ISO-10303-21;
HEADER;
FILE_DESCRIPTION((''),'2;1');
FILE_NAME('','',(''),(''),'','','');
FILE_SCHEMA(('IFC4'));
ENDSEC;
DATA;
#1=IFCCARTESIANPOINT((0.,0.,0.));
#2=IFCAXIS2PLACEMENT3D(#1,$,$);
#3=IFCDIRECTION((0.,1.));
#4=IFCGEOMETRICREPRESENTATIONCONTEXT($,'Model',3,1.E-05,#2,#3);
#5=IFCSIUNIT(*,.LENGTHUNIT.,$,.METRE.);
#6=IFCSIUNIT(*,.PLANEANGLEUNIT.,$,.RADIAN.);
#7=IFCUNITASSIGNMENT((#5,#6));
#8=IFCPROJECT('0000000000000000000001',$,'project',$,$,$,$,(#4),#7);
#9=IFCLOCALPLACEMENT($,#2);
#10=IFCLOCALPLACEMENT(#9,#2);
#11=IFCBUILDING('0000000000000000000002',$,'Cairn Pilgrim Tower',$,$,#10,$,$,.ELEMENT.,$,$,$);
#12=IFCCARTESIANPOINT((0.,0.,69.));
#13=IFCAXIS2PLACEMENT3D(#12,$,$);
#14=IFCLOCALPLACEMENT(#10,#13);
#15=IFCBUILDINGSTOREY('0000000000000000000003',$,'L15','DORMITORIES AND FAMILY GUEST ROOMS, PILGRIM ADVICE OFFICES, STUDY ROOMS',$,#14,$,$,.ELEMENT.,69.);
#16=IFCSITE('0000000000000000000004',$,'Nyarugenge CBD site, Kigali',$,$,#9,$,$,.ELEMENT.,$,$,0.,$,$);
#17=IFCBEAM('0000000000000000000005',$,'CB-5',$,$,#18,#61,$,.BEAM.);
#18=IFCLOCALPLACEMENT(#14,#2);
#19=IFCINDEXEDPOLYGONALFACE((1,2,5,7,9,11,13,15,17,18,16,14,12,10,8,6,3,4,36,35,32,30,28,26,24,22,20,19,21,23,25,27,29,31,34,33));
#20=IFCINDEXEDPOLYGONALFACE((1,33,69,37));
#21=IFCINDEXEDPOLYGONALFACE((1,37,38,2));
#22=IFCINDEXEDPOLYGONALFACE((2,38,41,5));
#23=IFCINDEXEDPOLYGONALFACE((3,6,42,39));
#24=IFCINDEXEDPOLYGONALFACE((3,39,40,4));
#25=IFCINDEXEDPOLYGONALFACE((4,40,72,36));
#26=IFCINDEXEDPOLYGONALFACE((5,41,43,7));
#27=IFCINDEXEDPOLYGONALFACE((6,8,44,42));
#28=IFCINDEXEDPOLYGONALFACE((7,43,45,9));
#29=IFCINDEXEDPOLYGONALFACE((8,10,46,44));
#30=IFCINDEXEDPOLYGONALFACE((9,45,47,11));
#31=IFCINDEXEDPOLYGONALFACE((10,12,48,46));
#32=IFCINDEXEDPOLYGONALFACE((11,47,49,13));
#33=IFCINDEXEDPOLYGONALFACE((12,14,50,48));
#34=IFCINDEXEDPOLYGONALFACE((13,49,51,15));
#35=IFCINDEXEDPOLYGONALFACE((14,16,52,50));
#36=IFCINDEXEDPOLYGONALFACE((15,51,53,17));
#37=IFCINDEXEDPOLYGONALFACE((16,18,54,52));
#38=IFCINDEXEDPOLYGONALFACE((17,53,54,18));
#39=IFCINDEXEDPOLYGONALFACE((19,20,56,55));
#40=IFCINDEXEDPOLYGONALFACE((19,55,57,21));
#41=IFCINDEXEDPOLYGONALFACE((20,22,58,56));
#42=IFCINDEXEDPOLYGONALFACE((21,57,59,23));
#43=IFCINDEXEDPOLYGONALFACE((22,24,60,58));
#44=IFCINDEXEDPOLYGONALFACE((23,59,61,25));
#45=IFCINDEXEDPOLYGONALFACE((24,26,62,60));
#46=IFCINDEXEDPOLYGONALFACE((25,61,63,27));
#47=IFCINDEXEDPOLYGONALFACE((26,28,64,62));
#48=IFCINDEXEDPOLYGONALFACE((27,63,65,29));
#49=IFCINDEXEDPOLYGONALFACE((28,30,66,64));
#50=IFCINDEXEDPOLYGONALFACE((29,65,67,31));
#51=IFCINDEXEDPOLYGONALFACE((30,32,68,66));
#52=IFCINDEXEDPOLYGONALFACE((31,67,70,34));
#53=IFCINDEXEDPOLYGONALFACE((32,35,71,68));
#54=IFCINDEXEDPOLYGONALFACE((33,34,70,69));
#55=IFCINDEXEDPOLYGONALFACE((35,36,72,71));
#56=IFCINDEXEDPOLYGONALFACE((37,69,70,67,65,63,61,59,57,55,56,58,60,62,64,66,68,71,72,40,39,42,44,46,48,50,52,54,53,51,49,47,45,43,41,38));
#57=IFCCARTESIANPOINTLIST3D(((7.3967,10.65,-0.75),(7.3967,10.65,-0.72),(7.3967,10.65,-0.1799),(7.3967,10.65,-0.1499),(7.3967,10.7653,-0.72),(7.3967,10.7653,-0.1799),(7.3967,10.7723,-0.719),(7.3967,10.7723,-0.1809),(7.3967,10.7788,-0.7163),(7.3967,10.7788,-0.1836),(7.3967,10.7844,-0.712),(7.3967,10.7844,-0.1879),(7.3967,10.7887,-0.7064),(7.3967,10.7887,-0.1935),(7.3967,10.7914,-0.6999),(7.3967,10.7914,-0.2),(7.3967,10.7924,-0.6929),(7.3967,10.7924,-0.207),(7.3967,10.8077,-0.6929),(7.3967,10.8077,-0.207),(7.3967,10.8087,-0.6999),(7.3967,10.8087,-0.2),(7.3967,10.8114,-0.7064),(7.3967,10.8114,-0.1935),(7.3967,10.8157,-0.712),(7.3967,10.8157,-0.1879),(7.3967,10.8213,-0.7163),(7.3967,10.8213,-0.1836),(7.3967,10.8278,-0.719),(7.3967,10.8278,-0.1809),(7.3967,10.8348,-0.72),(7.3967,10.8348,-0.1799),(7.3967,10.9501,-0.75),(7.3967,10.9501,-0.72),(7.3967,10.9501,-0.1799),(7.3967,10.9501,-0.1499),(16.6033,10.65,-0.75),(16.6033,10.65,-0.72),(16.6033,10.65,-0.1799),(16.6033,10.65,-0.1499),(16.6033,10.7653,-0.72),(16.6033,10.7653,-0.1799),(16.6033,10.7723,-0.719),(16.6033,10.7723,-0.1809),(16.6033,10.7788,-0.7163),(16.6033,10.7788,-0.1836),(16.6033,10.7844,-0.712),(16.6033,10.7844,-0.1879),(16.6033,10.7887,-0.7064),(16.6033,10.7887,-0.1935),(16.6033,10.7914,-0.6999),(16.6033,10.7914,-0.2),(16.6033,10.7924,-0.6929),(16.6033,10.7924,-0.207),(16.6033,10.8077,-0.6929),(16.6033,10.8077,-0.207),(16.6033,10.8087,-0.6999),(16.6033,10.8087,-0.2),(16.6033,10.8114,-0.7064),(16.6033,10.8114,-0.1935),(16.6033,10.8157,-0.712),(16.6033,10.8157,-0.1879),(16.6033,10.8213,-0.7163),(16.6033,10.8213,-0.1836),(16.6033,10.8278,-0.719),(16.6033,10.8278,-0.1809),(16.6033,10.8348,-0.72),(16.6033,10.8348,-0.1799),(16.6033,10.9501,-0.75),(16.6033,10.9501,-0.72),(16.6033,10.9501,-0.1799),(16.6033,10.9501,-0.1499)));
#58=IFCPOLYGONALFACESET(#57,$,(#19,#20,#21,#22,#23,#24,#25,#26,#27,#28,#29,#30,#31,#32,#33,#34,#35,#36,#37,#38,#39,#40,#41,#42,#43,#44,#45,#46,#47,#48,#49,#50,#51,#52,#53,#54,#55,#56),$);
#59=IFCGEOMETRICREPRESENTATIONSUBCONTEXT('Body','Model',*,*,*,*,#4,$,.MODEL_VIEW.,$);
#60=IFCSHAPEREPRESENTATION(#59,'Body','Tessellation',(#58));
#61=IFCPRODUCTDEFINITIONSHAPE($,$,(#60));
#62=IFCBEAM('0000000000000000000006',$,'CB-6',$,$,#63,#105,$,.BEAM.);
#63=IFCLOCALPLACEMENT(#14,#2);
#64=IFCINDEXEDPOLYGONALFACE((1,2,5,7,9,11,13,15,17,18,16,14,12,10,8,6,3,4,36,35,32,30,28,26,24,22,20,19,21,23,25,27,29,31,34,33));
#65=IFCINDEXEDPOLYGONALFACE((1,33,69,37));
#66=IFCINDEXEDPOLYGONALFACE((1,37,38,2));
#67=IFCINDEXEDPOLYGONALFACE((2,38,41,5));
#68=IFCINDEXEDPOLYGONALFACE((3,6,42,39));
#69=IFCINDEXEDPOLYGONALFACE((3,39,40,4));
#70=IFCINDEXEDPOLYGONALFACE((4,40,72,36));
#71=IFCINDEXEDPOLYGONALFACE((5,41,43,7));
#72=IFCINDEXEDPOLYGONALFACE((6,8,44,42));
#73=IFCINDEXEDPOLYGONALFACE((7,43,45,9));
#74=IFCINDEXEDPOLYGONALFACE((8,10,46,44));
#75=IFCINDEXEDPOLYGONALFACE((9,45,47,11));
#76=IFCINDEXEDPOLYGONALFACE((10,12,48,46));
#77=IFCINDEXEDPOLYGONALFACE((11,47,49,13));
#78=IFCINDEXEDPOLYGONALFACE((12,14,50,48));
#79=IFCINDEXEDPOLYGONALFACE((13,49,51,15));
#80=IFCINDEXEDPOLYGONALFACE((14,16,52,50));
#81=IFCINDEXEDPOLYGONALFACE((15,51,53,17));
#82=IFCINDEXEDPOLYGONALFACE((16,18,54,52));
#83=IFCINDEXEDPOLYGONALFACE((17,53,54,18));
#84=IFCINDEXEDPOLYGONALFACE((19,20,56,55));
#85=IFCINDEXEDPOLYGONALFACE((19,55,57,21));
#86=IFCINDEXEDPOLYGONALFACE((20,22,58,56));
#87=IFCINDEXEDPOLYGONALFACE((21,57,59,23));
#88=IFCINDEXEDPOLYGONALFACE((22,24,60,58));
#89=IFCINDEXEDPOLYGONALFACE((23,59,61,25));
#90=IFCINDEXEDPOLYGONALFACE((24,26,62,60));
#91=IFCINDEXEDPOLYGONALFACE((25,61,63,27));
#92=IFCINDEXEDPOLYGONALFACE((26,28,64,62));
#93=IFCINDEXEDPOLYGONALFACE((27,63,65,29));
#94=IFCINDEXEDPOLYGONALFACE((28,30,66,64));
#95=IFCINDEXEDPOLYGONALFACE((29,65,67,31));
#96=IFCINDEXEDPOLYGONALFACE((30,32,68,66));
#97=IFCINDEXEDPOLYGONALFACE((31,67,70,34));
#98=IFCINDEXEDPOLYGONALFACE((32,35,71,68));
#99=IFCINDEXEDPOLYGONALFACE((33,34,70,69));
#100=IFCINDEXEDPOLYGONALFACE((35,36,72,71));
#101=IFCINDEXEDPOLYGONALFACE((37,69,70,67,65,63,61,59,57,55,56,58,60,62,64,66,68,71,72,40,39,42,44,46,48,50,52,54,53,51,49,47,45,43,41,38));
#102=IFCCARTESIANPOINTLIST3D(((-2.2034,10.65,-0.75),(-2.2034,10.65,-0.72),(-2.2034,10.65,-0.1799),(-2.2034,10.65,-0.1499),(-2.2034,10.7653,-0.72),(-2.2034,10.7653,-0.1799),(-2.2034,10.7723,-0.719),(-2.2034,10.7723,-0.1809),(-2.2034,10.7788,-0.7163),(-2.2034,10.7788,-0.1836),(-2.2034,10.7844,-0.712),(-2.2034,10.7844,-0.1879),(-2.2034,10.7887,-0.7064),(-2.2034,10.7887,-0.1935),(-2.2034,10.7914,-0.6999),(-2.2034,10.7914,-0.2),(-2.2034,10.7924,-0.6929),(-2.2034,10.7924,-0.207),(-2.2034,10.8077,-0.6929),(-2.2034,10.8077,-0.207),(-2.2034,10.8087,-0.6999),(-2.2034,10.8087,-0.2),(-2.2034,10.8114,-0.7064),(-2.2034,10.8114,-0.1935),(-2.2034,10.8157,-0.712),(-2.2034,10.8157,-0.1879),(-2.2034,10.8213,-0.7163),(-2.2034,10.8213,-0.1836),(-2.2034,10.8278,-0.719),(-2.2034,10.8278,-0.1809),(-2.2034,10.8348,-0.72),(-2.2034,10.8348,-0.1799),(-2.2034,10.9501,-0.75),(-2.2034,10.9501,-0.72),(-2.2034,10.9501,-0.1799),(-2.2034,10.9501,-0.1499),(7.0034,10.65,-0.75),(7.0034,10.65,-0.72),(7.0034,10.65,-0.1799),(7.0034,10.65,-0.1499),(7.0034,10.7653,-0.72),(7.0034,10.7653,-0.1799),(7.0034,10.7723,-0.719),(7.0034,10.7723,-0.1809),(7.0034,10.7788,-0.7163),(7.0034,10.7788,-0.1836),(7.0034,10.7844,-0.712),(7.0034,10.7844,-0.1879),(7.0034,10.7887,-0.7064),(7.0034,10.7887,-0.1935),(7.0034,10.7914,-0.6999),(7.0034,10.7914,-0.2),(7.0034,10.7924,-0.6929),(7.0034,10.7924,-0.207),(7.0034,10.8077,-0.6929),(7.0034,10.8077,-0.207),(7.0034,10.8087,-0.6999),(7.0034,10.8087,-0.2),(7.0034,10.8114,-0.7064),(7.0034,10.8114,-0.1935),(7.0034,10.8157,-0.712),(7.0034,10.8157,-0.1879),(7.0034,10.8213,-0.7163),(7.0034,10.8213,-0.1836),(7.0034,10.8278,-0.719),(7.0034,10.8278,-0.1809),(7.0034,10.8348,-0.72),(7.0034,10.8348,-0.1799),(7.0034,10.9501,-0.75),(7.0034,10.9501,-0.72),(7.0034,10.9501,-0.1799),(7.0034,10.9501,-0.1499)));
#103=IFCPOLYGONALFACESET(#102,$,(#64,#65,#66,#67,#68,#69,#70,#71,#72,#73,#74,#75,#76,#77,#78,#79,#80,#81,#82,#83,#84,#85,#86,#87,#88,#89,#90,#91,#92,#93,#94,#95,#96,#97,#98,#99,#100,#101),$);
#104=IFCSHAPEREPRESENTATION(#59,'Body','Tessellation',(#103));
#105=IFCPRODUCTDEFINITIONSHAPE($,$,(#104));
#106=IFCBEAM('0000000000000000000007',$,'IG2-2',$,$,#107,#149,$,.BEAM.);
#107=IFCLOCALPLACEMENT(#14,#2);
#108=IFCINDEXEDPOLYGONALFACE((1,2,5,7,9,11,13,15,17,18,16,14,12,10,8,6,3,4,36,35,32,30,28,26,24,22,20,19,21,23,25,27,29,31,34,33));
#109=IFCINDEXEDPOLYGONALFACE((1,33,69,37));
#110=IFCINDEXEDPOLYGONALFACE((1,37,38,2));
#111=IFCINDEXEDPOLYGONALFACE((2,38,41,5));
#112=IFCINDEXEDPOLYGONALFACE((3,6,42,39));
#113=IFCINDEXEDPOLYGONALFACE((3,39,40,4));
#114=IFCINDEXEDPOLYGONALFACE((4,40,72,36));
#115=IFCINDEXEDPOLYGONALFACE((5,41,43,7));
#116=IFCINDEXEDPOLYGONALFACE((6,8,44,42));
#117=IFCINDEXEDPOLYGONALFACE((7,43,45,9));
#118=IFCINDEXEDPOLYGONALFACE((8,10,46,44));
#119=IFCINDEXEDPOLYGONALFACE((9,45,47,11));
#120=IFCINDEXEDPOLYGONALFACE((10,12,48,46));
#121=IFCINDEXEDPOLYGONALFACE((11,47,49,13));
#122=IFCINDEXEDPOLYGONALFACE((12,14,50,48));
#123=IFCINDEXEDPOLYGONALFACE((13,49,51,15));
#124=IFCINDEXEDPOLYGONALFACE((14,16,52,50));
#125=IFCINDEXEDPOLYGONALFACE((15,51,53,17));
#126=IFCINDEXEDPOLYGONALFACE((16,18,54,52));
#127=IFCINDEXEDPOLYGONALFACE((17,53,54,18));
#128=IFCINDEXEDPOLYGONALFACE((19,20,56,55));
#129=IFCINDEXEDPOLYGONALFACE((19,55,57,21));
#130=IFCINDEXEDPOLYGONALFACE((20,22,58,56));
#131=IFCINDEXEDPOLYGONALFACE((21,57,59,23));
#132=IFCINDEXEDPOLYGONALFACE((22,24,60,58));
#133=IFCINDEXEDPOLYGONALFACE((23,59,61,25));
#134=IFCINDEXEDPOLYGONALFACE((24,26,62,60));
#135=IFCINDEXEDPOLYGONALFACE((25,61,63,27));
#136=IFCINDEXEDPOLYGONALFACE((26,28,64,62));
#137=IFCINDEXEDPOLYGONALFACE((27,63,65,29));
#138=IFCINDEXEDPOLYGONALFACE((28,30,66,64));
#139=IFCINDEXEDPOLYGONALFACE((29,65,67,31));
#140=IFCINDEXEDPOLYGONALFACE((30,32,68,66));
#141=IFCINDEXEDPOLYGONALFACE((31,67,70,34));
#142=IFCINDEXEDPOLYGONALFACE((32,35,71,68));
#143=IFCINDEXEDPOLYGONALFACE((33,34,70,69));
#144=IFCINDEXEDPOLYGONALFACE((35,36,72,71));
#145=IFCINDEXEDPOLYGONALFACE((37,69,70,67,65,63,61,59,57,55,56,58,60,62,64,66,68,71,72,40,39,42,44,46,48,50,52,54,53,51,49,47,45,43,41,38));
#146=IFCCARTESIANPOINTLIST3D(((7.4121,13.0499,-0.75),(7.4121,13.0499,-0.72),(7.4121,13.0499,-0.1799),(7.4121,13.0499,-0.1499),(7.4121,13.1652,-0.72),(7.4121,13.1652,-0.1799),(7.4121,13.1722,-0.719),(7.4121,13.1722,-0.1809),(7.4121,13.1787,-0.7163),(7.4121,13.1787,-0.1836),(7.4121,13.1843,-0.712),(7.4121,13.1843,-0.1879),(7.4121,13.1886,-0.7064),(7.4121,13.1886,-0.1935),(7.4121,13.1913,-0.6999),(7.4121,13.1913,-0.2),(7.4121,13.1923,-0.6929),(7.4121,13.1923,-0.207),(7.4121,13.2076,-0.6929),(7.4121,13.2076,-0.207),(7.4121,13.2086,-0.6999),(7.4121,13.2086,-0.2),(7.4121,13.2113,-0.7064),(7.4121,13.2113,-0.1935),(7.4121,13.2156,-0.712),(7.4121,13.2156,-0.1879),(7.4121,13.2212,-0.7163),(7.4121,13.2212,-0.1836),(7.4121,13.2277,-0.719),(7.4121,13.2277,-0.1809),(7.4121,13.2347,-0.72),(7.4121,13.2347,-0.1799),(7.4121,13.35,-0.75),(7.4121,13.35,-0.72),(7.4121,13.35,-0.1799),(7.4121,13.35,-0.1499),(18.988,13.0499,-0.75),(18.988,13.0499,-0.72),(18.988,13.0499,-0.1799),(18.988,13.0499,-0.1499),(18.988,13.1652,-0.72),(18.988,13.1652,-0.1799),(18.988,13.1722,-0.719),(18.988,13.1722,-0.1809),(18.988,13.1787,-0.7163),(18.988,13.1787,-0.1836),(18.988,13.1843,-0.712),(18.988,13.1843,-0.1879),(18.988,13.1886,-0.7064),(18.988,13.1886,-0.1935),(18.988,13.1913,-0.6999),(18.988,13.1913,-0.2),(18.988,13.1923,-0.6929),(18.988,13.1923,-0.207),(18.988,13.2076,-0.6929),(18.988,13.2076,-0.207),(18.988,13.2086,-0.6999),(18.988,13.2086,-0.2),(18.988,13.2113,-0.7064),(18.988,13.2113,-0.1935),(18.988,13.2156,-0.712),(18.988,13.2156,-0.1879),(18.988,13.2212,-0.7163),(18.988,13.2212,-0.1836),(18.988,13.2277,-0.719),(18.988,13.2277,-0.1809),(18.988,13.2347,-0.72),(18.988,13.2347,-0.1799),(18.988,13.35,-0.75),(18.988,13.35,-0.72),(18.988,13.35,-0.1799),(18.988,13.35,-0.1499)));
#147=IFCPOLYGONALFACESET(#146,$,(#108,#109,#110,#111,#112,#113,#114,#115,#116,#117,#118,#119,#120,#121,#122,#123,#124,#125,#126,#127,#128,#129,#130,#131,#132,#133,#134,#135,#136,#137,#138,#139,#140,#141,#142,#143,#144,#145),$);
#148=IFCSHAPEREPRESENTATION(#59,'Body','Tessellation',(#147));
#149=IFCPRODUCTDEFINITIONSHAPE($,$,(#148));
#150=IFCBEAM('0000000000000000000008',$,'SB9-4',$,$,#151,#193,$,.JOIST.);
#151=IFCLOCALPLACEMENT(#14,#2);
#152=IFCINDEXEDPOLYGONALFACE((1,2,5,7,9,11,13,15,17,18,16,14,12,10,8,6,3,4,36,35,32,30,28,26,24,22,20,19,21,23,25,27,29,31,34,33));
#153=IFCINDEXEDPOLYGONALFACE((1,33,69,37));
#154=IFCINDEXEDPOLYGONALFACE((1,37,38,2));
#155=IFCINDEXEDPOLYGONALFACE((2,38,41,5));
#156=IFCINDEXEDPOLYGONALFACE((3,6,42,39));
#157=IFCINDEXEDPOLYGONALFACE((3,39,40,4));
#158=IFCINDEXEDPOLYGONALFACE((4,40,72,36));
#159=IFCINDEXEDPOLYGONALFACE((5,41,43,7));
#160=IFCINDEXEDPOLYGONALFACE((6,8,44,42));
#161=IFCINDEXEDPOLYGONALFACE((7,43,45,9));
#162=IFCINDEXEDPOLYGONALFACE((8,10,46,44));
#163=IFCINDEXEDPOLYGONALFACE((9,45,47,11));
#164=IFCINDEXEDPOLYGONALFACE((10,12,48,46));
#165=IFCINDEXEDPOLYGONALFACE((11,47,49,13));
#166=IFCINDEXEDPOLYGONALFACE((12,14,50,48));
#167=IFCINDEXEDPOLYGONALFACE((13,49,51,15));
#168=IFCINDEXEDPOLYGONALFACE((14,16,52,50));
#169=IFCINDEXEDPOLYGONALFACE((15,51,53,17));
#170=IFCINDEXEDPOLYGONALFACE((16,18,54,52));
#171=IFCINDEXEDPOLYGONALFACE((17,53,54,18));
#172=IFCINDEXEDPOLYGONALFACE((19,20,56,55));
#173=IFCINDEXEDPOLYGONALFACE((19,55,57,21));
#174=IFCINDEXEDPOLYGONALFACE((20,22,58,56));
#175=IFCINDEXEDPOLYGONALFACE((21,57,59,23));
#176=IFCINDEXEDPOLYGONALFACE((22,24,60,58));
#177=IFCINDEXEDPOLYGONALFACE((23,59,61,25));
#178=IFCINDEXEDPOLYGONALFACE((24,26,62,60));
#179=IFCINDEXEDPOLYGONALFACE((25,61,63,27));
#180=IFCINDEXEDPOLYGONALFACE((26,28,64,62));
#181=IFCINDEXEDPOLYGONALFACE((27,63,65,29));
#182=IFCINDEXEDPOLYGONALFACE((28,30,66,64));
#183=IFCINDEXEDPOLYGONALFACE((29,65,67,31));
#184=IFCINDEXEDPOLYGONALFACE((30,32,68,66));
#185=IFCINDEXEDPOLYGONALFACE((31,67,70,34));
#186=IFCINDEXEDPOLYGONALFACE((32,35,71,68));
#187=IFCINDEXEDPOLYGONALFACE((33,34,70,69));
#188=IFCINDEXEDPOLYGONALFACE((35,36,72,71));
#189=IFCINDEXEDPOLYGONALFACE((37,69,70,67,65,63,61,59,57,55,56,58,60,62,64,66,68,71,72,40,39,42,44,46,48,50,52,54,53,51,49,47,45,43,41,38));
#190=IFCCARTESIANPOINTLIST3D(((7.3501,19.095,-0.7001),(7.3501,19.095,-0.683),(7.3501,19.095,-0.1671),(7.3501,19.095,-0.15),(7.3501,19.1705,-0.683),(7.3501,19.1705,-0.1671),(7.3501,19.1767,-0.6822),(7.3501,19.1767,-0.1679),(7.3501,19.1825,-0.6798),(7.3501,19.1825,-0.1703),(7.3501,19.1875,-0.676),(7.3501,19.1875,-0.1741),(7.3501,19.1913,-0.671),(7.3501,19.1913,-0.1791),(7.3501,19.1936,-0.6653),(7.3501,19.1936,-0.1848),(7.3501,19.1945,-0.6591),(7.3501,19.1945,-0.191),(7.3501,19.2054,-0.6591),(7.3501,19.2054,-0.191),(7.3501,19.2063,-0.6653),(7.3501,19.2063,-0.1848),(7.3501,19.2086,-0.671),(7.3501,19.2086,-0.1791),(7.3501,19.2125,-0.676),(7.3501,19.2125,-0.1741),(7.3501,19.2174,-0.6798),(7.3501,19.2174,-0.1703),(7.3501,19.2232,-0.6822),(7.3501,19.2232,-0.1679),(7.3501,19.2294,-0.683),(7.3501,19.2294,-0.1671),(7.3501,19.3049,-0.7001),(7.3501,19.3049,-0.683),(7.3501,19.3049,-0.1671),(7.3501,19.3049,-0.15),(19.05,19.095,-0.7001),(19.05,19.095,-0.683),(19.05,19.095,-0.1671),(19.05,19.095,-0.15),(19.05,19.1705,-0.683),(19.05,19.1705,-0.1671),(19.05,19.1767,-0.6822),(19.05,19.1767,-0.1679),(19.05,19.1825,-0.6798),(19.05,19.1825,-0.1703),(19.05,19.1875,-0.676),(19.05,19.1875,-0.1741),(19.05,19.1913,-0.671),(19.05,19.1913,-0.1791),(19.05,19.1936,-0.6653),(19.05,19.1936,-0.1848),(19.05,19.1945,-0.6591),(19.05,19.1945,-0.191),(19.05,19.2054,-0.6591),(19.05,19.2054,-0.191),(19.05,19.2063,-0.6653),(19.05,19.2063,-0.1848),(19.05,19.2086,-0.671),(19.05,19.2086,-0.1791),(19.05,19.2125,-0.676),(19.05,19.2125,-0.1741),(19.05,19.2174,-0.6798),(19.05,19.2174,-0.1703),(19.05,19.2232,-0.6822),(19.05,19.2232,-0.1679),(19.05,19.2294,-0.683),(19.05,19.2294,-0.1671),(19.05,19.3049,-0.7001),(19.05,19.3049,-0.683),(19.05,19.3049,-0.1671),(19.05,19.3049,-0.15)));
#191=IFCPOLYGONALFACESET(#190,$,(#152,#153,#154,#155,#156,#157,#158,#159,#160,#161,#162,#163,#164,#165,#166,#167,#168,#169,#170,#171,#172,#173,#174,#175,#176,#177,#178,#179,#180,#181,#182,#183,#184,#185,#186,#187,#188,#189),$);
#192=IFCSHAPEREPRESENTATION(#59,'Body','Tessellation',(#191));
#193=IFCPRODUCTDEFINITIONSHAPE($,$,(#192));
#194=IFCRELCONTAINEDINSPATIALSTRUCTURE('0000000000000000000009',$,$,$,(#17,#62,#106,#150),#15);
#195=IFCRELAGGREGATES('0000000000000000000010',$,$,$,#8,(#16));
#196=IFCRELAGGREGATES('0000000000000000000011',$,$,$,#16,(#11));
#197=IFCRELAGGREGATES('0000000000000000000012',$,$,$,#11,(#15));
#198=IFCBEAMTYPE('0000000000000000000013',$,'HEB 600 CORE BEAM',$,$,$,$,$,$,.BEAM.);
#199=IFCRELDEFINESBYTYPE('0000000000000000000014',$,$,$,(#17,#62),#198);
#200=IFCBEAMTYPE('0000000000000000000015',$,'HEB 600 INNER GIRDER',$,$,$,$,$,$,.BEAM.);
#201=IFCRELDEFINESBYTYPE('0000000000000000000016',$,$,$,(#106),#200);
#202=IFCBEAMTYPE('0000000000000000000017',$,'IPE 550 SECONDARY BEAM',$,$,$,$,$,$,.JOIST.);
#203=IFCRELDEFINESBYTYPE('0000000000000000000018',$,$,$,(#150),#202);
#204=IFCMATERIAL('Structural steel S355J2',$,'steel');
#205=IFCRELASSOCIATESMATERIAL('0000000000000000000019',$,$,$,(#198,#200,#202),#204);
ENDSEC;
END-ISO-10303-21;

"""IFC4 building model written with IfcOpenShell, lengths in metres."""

from ifc_helpers import new_model, si_unit, direction, frame, origin, origin_2d, place, context, subcontext, project, spatial, i_section, extrude, material, material_profile, profile_set, type_object, element, save


model = new_model("IFC4")

# Units and contexts
model_context = context("Model", 3, precision=1e-05, world=origin(), true_north=direction((0.0, 1.0)))
body_context = subcontext(model_context, "Body", "Model", "MODEL_VIEW")
ifc_project = project(units=[si_unit("LENGTHUNIT", "METRE"), si_unit("PLANEANGLEUNIT", "RADIAN")], contexts=[model_context])

# Site, building, storey
site_placement = place(None, origin())
site = spatial("IfcSite", under=ifc_project, at=site_placement, Name="Nyarugenge CBD site, Kigali", CompositionType="ELEMENT", RefElevation=0.0)
building_placement = place(site_placement, origin())
building = spatial("IfcBuilding", under=site, at=building_placement, Name="Cairn Pilgrim Tower", CompositionType="ELEMENT")
storey_placement = place(building_placement, frame((0.0, 0.0, 69.0)))
storey = spatial("IfcBuildingStorey", under=building, at=storey_placement, Name="L15", Description="DORMITORIES AND FAMILY GUEST ROOMS, PILGRIM ADVICE OFFICES, STUDY ROOMS", CompositionType="ELEMENT", Elevation=69.0)

# Beams
ifc_material_1 = material(Name="Structural steel S355J2", Category="steel")
ifc_material_profile_1 = material_profile(ifc_material_1, i_section(OverallWidth=0.3, OverallDepth=0.6001, WebThickness=0.0154, FlangeThickness=0.03, FilletRadius=0.0271, at=origin_2d()), Name="HEB 600")
ifc_profile_set_1 = profile_set([ifc_material_profile_1], Name="Structural steel S355J2")
beam_type_1 = type_object("IfcBeamType", Name="HEB 600 CORE BEAM", PredefinedType="BEAM", material=ifc_profile_set_1)
beam_1_placement = place(storey_placement, frame((16.6033, 10.8, -0.45), z_axis=(-1.0, 0.0, 0.0), x_axis=(0.0, -1.0, 0.0)))
element("IfcBeam", 1, at=beam_1_placement, inside=storey, type_object=beam_type_1, Name="CB-5", PredefinedType="BEAM", context=body_context, shape_type="SweptSolid", body=[
    extrude(i_section(OverallWidth=0.3, OverallDepth=0.6001, WebThickness=0.0154, FlangeThickness=0.03, FilletRadius=0.0271, at=origin_2d()), origin(), (0.0, 0.0, 1.0), 9.2065),
])
beam_2_placement = place(storey_placement, frame((7.0034, 10.8, -0.45), z_axis=(-1.0, 0.0, 0.0), x_axis=(0.0, -1.0, 0.0)))
element("IfcBeam", 2, at=beam_2_placement, inside=storey, type_object=beam_type_1, Name="CB-6", PredefinedType="BEAM", context=body_context, shape_type="SweptSolid", body=[
    extrude(i_section(OverallWidth=0.3, OverallDepth=0.6001, WebThickness=0.0154, FlangeThickness=0.03, FilletRadius=0.0271, at=origin_2d()), origin(), (0.0, 0.0, 1.0), 9.2068),
])
ifc_material_profile_2 = material_profile(ifc_material_1, i_section(OverallWidth=0.3, OverallDepth=0.6001, WebThickness=0.0154, FlangeThickness=0.03, FilletRadius=0.0271, at=origin_2d()), Name="HEB 600")
ifc_profile_set_2 = profile_set([ifc_material_profile_2], Name="Structural steel S355J2")
beam_type_2 = type_object("IfcBeamType", Name="HEB 600 INNER GIRDER", PredefinedType="BEAM", material=ifc_profile_set_2)
beam_3_placement = place(storey_placement, frame((7.4121, 13.2, -0.45), z_axis=(1.0, 0.0, 0.0), x_axis=(0.0, 1.0, 0.0)))
element("IfcBeam", 3, at=beam_3_placement, inside=storey, type_object=beam_type_2, Name="IG2-2", PredefinedType="BEAM", context=body_context, shape_type="SweptSolid", body=[
    extrude(i_section(OverallWidth=0.3, OverallDepth=0.6001, WebThickness=0.0154, FlangeThickness=0.03, FilletRadius=0.0271, at=origin_2d()), origin(), (0.0, 0.0, 1.0), 11.5759),
])
ifc_material_profile_3 = material_profile(ifc_material_1, i_section(OverallWidth=0.21, OverallDepth=0.55, WebThickness=0.011, FlangeThickness=0.0171, FilletRadius=0.0239, at=origin_2d()), Name="IPE 550")
ifc_profile_set_3 = profile_set([ifc_material_profile_3], Name="Structural steel S355J2")
beam_type_3 = type_object("IfcBeamType", Name="IPE 550 SECONDARY BEAM", PredefinedType="JOIST", material=ifc_profile_set_3)
beam_4_placement = place(storey_placement, frame((7.3501, 19.2, -0.425), z_axis=(1.0, 0.0, 0.0), x_axis=(0.0, 1.0, 0.0)))
element("IfcBeam", 4, at=beam_4_placement, inside=storey, type_object=beam_type_3, Name="SB9-4", PredefinedType="JOIST", context=body_context, shape_type="SweptSolid", body=[
    extrude(i_section(OverallWidth=0.21, OverallDepth=0.55, WebThickness=0.011, FlangeThickness=0.0171, FilletRadius=0.0239, at=origin_2d()), origin(), (0.0, 0.0, 1.0), 11.7),
])

save(model, "model.ifc")
